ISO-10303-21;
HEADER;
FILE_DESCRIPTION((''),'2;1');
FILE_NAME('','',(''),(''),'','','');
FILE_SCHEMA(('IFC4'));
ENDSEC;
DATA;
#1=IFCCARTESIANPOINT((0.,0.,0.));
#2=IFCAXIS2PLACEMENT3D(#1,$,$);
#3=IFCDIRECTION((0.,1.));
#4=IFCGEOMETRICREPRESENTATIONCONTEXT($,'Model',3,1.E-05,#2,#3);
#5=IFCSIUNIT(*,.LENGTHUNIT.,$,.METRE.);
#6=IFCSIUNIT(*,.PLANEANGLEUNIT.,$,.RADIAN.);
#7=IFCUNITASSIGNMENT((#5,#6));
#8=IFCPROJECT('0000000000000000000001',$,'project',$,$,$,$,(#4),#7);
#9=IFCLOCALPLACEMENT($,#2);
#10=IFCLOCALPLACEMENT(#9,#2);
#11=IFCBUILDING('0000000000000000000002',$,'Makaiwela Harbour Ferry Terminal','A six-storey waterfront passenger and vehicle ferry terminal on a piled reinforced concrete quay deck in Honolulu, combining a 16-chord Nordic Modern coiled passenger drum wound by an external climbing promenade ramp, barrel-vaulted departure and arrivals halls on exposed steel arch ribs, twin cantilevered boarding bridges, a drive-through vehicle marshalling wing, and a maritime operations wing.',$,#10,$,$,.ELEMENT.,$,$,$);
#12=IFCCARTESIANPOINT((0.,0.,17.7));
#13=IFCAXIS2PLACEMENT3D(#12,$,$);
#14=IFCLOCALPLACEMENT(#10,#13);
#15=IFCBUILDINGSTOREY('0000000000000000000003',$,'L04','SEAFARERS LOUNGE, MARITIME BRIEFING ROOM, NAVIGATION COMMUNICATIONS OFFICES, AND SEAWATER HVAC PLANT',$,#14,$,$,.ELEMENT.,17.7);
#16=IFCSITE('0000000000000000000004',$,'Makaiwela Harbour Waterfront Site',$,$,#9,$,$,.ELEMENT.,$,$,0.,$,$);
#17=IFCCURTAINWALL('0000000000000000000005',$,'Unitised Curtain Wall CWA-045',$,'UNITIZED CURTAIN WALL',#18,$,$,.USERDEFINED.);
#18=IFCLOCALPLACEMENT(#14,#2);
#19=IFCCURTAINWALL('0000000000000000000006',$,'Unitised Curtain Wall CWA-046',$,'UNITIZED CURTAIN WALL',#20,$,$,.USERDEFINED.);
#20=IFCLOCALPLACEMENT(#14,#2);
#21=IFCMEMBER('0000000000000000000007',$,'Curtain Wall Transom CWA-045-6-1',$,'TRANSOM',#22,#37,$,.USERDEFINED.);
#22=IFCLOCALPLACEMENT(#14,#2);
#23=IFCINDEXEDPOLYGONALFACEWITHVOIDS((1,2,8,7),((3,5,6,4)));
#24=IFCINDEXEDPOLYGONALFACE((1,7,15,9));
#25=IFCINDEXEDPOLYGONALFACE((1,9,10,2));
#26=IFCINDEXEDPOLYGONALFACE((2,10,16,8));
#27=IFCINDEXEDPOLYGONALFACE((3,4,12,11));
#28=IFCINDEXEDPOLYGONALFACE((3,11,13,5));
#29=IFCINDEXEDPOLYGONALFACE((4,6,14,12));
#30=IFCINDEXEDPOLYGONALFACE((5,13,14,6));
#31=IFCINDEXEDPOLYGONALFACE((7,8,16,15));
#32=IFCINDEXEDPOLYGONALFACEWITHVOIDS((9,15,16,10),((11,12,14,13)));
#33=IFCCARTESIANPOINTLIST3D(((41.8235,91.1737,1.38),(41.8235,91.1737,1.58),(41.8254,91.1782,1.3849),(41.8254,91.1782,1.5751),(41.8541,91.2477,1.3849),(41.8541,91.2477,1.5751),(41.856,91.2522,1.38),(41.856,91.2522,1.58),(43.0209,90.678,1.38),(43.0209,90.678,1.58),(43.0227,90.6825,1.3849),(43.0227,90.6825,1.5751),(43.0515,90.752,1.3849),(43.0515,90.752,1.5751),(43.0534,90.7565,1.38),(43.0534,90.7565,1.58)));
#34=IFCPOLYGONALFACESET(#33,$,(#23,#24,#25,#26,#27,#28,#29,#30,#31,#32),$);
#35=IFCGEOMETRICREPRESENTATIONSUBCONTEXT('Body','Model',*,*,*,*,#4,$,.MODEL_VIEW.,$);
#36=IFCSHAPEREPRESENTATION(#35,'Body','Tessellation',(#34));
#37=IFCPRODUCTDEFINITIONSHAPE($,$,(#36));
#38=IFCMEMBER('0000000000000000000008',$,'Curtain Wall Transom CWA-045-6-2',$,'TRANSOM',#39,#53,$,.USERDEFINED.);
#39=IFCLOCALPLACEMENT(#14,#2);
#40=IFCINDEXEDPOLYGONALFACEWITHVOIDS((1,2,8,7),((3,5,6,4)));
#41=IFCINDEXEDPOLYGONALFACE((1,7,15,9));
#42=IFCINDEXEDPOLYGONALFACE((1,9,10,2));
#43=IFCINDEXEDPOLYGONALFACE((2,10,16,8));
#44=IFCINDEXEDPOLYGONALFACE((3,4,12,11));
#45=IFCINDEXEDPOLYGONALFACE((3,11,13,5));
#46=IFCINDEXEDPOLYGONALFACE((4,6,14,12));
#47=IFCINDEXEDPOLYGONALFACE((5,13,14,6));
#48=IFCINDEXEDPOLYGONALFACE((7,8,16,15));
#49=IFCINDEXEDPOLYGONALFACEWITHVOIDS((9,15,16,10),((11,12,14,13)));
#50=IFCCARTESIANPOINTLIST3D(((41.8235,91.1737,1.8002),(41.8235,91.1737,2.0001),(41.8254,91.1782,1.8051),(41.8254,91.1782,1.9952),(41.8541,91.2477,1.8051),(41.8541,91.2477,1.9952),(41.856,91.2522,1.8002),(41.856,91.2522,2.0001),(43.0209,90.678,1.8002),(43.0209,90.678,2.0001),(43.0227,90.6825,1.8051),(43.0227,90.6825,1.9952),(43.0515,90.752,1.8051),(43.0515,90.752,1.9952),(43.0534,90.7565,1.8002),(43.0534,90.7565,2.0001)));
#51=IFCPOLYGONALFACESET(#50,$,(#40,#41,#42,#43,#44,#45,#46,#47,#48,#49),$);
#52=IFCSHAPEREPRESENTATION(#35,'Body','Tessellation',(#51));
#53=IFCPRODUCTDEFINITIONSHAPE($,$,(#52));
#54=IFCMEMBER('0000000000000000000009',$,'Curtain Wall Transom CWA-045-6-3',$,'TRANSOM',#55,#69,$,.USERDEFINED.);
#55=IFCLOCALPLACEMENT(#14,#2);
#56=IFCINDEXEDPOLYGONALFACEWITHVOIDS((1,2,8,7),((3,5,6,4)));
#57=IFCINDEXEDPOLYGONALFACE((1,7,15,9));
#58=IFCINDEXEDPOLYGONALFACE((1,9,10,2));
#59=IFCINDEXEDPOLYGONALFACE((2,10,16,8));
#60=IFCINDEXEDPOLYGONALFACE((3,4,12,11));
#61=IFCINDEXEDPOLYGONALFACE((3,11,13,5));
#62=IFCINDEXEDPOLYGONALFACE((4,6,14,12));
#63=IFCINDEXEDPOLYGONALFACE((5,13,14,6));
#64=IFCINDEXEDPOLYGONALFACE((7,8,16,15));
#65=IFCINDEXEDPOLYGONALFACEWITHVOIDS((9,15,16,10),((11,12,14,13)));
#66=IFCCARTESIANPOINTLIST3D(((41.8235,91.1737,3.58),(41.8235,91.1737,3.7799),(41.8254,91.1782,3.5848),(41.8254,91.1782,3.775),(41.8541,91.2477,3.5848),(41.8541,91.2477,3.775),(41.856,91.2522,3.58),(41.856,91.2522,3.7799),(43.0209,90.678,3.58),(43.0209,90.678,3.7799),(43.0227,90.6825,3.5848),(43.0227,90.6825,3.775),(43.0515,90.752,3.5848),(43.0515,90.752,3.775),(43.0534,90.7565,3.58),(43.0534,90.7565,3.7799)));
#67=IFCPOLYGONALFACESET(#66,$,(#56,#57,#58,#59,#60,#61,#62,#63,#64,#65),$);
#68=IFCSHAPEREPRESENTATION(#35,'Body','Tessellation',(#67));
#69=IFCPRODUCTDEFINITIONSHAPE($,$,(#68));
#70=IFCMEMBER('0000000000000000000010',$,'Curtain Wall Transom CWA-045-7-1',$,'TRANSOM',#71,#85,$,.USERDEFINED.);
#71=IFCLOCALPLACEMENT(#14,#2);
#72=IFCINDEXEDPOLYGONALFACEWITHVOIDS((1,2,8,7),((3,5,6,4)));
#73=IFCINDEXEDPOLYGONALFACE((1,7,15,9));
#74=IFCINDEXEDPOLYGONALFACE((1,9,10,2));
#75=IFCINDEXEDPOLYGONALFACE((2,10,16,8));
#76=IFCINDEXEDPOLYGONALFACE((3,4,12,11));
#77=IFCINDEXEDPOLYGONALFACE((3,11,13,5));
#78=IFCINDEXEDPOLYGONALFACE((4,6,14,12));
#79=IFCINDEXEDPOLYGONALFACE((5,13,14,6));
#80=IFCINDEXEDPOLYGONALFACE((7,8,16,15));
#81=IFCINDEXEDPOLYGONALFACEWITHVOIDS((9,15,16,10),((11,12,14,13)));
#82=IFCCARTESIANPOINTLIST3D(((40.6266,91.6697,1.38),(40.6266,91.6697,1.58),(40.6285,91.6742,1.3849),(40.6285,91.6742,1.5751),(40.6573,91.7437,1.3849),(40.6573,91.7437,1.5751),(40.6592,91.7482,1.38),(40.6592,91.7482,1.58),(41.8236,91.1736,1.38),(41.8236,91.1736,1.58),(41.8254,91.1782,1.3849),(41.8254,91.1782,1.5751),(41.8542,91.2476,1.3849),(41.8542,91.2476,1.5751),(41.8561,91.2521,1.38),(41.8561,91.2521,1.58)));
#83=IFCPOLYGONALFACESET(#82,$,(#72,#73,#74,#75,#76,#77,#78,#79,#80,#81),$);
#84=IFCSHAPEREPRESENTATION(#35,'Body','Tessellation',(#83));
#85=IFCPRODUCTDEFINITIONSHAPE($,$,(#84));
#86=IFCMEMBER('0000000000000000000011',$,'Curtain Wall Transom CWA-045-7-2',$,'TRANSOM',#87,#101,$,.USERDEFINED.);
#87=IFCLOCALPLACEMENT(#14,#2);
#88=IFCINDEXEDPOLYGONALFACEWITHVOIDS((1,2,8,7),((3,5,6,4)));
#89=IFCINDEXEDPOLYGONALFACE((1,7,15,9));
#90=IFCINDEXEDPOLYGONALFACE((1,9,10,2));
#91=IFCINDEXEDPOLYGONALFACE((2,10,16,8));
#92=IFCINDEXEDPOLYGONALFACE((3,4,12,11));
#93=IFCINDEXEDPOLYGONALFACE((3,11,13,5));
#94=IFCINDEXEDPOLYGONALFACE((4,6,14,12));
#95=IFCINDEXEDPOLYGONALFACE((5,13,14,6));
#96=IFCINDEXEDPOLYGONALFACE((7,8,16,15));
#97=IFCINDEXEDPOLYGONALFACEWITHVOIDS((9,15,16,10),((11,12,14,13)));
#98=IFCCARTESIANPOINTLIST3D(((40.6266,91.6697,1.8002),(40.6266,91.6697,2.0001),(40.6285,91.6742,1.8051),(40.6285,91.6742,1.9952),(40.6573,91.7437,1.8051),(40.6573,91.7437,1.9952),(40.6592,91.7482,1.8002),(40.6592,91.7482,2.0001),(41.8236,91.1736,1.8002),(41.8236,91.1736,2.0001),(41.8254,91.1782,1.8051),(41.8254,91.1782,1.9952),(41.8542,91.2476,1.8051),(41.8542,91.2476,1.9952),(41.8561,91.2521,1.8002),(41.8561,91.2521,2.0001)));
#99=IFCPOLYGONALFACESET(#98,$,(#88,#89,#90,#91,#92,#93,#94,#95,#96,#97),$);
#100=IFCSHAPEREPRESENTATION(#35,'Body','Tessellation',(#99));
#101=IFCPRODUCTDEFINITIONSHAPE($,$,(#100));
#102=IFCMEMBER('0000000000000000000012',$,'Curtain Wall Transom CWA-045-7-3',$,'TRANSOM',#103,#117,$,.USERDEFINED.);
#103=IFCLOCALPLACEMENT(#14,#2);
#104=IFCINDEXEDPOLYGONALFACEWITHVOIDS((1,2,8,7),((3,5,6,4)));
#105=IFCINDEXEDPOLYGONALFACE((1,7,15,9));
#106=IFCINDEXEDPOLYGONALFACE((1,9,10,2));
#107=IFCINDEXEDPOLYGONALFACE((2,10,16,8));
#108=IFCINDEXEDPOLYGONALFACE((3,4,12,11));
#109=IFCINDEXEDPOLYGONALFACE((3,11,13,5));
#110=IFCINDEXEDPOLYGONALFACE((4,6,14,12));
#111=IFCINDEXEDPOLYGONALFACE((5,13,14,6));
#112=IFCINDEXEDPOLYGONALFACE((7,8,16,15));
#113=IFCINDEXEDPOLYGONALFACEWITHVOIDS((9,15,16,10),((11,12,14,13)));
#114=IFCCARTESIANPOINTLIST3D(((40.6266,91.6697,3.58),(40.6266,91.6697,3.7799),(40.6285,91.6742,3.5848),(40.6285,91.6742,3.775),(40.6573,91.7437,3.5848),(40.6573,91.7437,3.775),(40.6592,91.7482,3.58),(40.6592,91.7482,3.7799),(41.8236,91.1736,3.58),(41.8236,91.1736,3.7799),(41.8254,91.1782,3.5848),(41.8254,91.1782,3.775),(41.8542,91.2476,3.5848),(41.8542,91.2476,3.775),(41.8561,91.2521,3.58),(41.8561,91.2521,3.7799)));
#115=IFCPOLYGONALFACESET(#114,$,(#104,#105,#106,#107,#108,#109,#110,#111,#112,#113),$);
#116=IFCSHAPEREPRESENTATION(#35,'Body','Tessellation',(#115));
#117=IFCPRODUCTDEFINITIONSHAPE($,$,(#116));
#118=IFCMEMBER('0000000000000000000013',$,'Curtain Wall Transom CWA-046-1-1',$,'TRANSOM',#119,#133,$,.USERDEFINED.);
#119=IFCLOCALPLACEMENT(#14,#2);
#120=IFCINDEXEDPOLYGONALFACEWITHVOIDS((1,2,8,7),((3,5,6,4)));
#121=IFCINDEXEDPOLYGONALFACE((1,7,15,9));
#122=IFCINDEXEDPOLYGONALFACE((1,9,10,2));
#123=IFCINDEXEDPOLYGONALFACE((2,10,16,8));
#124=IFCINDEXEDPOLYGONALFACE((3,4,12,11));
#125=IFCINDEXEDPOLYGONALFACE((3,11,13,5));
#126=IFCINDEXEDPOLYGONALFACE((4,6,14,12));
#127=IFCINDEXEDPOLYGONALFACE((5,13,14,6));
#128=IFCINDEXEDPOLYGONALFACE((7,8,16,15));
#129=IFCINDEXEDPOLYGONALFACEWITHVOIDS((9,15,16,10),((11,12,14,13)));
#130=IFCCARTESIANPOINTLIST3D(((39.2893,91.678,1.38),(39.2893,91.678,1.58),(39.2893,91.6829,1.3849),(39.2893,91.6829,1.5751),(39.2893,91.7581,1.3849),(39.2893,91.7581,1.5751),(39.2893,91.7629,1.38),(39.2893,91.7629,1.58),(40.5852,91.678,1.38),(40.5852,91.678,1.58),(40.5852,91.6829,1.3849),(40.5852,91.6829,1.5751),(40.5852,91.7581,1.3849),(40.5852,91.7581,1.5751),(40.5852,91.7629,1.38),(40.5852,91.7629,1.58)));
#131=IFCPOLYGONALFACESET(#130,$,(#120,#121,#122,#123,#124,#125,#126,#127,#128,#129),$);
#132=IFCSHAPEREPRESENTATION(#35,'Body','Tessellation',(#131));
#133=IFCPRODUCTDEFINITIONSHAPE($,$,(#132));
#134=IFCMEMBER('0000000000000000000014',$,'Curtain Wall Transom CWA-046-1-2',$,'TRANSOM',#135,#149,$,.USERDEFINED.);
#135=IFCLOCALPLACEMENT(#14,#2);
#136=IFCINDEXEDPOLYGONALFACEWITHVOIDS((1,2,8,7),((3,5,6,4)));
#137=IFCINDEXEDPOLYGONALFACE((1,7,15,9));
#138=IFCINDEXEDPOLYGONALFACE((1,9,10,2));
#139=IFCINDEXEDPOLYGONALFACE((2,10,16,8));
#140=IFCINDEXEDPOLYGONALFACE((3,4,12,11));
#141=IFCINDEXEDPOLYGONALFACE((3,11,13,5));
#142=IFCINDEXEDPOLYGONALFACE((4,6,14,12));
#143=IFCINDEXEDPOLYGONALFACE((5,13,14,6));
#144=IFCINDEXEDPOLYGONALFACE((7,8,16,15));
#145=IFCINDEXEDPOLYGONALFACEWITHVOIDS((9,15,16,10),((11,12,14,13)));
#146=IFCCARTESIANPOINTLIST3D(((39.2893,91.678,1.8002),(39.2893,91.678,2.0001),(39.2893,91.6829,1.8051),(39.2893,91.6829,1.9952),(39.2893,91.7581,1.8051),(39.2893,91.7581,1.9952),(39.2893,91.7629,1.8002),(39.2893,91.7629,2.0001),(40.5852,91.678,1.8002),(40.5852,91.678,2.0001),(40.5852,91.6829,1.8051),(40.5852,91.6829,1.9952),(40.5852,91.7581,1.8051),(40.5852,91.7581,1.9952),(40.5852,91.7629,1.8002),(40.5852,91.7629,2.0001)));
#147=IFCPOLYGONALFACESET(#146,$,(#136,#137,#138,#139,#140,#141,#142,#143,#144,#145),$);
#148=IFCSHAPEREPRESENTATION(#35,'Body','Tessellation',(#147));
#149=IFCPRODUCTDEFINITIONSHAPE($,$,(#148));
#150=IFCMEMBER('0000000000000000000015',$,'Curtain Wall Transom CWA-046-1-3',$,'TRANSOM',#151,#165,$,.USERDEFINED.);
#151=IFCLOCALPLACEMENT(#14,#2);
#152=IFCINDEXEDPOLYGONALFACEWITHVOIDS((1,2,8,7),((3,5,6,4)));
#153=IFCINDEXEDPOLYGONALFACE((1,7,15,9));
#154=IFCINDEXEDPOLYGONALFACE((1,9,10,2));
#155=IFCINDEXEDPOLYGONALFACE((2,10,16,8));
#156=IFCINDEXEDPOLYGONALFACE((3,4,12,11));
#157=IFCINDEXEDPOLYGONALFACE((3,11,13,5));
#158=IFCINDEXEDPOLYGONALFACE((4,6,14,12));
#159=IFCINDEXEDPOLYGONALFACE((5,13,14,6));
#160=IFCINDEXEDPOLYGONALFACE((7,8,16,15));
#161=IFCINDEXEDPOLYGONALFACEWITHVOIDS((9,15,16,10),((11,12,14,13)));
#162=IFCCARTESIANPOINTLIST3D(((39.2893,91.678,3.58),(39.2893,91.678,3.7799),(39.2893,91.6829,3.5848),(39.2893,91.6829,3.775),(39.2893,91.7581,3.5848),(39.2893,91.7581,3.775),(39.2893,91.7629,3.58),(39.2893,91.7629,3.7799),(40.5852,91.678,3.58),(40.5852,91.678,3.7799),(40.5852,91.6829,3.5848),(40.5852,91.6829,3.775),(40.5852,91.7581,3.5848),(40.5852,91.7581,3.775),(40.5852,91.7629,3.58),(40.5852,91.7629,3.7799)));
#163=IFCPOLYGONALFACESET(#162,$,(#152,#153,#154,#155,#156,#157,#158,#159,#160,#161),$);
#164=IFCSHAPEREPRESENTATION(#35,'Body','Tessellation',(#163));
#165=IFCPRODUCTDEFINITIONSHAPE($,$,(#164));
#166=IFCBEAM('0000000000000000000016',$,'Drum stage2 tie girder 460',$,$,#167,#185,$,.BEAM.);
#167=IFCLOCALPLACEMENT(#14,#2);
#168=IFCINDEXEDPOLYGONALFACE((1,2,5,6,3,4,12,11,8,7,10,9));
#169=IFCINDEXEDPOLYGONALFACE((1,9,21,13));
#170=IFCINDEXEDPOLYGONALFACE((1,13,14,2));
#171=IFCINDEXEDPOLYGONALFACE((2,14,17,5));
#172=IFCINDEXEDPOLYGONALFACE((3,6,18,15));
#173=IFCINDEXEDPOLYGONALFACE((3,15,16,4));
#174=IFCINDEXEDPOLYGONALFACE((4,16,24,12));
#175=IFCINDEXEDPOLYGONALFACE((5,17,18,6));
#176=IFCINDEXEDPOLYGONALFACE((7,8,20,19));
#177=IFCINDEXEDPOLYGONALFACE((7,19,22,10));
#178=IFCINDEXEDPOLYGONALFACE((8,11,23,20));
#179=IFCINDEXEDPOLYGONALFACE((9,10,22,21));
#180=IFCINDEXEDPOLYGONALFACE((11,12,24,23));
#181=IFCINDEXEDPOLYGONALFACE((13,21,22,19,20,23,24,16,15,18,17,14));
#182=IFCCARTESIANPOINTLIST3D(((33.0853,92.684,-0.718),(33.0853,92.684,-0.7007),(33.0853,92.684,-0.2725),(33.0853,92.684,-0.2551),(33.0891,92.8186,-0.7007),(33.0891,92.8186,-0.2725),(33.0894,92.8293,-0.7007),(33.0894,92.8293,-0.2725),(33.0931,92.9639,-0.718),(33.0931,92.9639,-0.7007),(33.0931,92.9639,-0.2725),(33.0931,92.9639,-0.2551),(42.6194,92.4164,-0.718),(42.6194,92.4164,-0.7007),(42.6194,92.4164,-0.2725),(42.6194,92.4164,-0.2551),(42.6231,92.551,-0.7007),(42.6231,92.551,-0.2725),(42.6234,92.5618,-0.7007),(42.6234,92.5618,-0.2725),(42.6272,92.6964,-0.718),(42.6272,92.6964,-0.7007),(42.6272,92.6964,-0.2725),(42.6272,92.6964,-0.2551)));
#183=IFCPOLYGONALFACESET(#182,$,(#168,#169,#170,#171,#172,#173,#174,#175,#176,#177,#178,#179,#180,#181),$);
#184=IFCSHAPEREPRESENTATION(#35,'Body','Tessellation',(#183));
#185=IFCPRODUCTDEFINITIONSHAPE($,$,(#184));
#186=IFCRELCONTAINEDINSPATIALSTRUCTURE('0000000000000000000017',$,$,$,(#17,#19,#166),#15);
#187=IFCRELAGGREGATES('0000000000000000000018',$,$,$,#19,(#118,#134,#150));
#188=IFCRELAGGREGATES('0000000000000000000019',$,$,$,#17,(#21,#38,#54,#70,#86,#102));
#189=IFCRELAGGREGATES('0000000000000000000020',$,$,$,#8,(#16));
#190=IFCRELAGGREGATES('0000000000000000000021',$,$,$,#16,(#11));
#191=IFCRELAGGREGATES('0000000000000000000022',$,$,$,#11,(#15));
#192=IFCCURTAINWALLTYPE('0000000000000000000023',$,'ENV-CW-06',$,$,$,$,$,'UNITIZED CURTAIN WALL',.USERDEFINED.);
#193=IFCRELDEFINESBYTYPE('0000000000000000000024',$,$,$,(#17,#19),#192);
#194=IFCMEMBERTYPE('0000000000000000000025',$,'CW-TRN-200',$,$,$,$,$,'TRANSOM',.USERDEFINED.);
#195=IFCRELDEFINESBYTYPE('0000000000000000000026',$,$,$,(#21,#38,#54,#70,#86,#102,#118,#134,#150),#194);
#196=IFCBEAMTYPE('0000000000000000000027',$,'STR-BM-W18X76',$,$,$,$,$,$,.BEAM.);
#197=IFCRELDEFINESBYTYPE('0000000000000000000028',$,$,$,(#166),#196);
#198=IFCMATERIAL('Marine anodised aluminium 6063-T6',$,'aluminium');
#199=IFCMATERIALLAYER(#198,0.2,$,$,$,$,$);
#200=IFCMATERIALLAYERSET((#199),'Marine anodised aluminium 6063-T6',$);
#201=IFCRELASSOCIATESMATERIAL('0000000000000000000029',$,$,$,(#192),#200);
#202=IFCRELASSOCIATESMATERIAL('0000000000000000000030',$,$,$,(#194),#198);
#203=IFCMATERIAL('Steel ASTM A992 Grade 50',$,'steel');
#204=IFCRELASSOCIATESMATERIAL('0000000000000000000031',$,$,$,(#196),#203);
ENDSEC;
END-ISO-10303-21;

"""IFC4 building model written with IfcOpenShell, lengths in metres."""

from ifc_helpers import new_model, si_unit, direction, frame, origin, origin_2d, place, context, subcontext, project, spatial, hollow_rectangle, i_section, extrude, material, layer, layer_set, material_profile, profile_set, type_object, element, aggregate, save


model = new_model("IFC4")

# Units and contexts
model_context = context("Model", 3, precision=1e-05, world=origin(), true_north=direction((0.0, 1.0)))
body_context = subcontext(model_context, "Body", "Model", "MODEL_VIEW")
ifc_project = project(units=[si_unit("LENGTHUNIT", "METRE"), si_unit("PLANEANGLEUNIT", "RADIAN")], contexts=[model_context])

# Site, building, storey
site_placement = place(None, origin())
site = spatial("IfcSite", under=ifc_project, at=site_placement, Name="Makaiwela Harbour Waterfront Site", CompositionType="ELEMENT", RefElevation=0.0)
building_placement = place(site_placement, origin())
building = spatial("IfcBuilding", under=site, at=building_placement, Name="Makaiwela Harbour Ferry Terminal", Description="A six-storey waterfront passenger and vehicle ferry terminal on a piled reinforced concrete quay deck in Honolulu, combining a 16-chord Nordic Modern coiled passenger drum wound by an external climbing promenade ramp, barrel-vaulted departure and arrivals halls on exposed steel arch ribs, twin cantilevered boarding bridges, a drive-through vehicle marshalling wing, and a maritime operations wing.", CompositionType="ELEMENT")
storey_placement = place(building_placement, frame((0.0, 0.0, 17.7)))
storey = spatial("IfcBuildingStorey", under=building, at=storey_placement, Name="L04", Description="SEAFARERS LOUNGE, MARITIME BRIEFING ROOM, NAVIGATION COMMUNICATIONS OFFICES, AND SEAWATER HVAC PLANT", CompositionType="ELEMENT", Elevation=17.7)

# Shared definitions
ifc_material_1 = material(Name="Steel ASTM A992 Grade 50", Category="steel")

# Curtain wall
ifc_material_2 = material(Name="Marine anodised aluminium 6063-T6", Category="aluminium")
ifc_layer_1 = layer(ifc_material_2, 0.2)
ifc_layer_set_1 = layer_set([ifc_layer_1], Name="Marine anodised aluminium 6063-T6")
curtain_wall_type = type_object("IfcCurtainWallType", Name="ENV-CW-06", ElementType="UNITIZED CURTAIN WALL", PredefinedType="USERDEFINED", material=ifc_layer_set_1)
curtain_wall_1_placement = place(storey_placement, origin())
curtain_wall_1 = element("IfcCurtainWall", 1, at=curtain_wall_1_placement, inside=storey, type_object=curtain_wall_type, Name="Unitised Curtain Wall CWA-045", ObjectType="UNITIZED CURTAIN WALL", PredefinedType="USERDEFINED")

# Curtain wall
curtain_wall_2_placement = place(storey_placement, origin())
curtain_wall_2 = element("IfcCurtainWall", 2, at=curtain_wall_2_placement, inside=storey, type_object=curtain_wall_type, Name="Unitised Curtain Wall CWA-046", ObjectType="UNITIZED CURTAIN WALL", PredefinedType="USERDEFINED")

# Members
ifc_material_profile_1 = material_profile(ifc_material_2, hollow_rectangle(XDim=0.085, YDim=0.2, WallThickness=0.0049, at=origin_2d()), Name="CWT-200X85")
ifc_profile_set_1 = profile_set([ifc_material_profile_1], Name="Marine anodised aluminium 6063-T6")
member_type_1 = type_object("IfcMemberType", Name="CW-TRN-200", ElementType="TRANSOM", PredefinedType="USERDEFINED", material=ifc_profile_set_1)
member_1_placement = place(storey_placement, frame((43.0371, 90.7173, 1.48), z_axis=(-0.923966, 0.382474, 0.0), x_axis=(-0.382474, -0.923966, 0.0)))
member_1 = element("IfcMember", 3, at=member_1_placement, type_object=member_type_1, Name="Curtain Wall Transom CWA-045-6-1", ObjectType="TRANSOM", PredefinedType="USERDEFINED", context=body_context, shape_type="SweptSolid", body=[
    extrude(hollow_rectangle(XDim=0.085, YDim=0.2, WallThickness=0.0049, at=origin_2d()), origin(), (0.0, 0.0, 1.0), 1.2959),
])
member_2_placement = place(storey_placement, frame((43.0371, 90.7173, 1.9001), z_axis=(-0.923966, 0.382474, 0.0), x_axis=(-0.382474, -0.923966, 0.0)))
member_2 = element("IfcMember", 4, at=member_2_placement, type_object=member_type_1, Name="Curtain Wall Transom CWA-045-6-2", ObjectType="TRANSOM", PredefinedType="USERDEFINED", context=body_context, shape_type="SweptSolid", body=[
    extrude(hollow_rectangle(XDim=0.085, YDim=0.2, WallThickness=0.0049, at=origin_2d()), origin(), (0.0, 0.0, 1.0), 1.2959),
])
member_3_placement = place(storey_placement, frame((43.0371, 90.7173, 3.6799), z_axis=(-0.923966, 0.382474, 0.0), x_axis=(-0.382474, -0.923966, 0.0)))
member_3 = element("IfcMember", 5, at=member_3_placement, type_object=member_type_1, Name="Curtain Wall Transom CWA-045-6-3", ObjectType="TRANSOM", PredefinedType="USERDEFINED", context=body_context, shape_type="SweptSolid", body=[
    extrude(hollow_rectangle(XDim=0.085, YDim=0.2, WallThickness=0.0049, at=origin_2d()), origin(), (0.0, 0.0, 1.0), 1.2959),
])
member_4_placement = place(storey_placement, frame((41.8398, 91.2129, 1.48), z_axis=(-0.923806, 0.382862, 0.0), x_axis=(-0.382862, -0.923806, 0.0)))
member_4 = element("IfcMember", 6, at=member_4_placement, type_object=member_type_1, Name="Curtain Wall Transom CWA-045-7-1", ObjectType="TRANSOM", PredefinedType="USERDEFINED", context=body_context, shape_type="SweptSolid", body=[
    extrude(hollow_rectangle(XDim=0.085, YDim=0.2, WallThickness=0.0049, at=origin_2d()), origin(), (0.0, 0.0, 1.0), 1.2957),
])
member_5_placement = place(storey_placement, frame((41.8398, 91.2129, 1.9001), z_axis=(-0.923806, 0.382862, 0.0), x_axis=(-0.382862, -0.923806, 0.0)))
member_5 = element("IfcMember", 7, at=member_5_placement, type_object=member_type_1, Name="Curtain Wall Transom CWA-045-7-2", ObjectType="TRANSOM", PredefinedType="USERDEFINED", context=body_context, shape_type="SweptSolid", body=[
    extrude(hollow_rectangle(XDim=0.085, YDim=0.2, WallThickness=0.0049, at=origin_2d()), origin(), (0.0, 0.0, 1.0), 1.2957),
])
member_6_placement = place(storey_placement, frame((41.8398, 91.2129, 3.6799), z_axis=(-0.923806, 0.382862, 0.0), x_axis=(-0.382862, -0.923806, 0.0)))
member_6 = element("IfcMember", 8, at=member_6_placement, type_object=member_type_1, Name="Curtain Wall Transom CWA-045-7-3", ObjectType="TRANSOM", PredefinedType="USERDEFINED", context=body_context, shape_type="SweptSolid", body=[
    extrude(hollow_rectangle(XDim=0.085, YDim=0.2, WallThickness=0.0049, at=origin_2d()), origin(), (0.0, 0.0, 1.0), 1.2957),
])
member_7_placement = place(storey_placement, frame((40.5852, 91.7205, 1.48), z_axis=(-1.0, 0.0, 0.0), x_axis=(0.0, -1.0, 0.0)))
member_7 = element("IfcMember", 9, at=member_7_placement, type_object=member_type_1, Name="Curtain Wall Transom CWA-046-1-1", ObjectType="TRANSOM", PredefinedType="USERDEFINED", context=body_context, shape_type="SweptSolid", body=[
    extrude(hollow_rectangle(XDim=0.085, YDim=0.2, WallThickness=0.0049, at=origin_2d()), origin(), (0.0, 0.0, 1.0), 1.2959),
])
member_8_placement = place(storey_placement, frame((40.5852, 91.7205, 1.9001), z_axis=(-1.0, 0.0, 0.0), x_axis=(0.0, -1.0, 0.0)))
member_8 = element("IfcMember", 10, at=member_8_placement, type_object=member_type_1, Name="Curtain Wall Transom CWA-046-1-2", ObjectType="TRANSOM", PredefinedType="USERDEFINED", context=body_context, shape_type="SweptSolid", body=[
    extrude(hollow_rectangle(XDim=0.085, YDim=0.2, WallThickness=0.0049, at=origin_2d()), origin(), (0.0, 0.0, 1.0), 1.2959),
])
member_9_placement = place(storey_placement, frame((40.5852, 91.7205, 3.6799), z_axis=(-1.0, 0.0, 0.0), x_axis=(0.0, -1.0, 0.0)))
member_9 = element("IfcMember", 11, at=member_9_placement, type_object=member_type_1, Name="Curtain Wall Transom CWA-046-1-3", ObjectType="TRANSOM", PredefinedType="USERDEFINED", context=body_context, shape_type="SweptSolid", body=[
    extrude(hollow_rectangle(XDim=0.085, YDim=0.2, WallThickness=0.0049, at=origin_2d()), origin(), (0.0, 0.0, 1.0), 1.2959),
])
aggregate(curtain_wall_2, [member_7, member_8, member_9])

# Beam
ifc_material_profile_2 = material_profile(ifc_material_1, i_section(OverallWidth=0.28, OverallDepth=0.4629, WebThickness=0.0107, FlangeThickness=0.0173, at=origin_2d()), Name="W18X76")
ifc_profile_set_2 = profile_set([ifc_material_profile_2], Name="Steel ASTM A992 Grade 50")
beam_type_1 = type_object("IfcBeamType", Name="STR-BM-W18X76", PredefinedType="BEAM", material=ifc_profile_set_2)
beam_1_placement = place(storey_placement, frame((42.6233, 92.5564, -0.4866), z_axis=(-0.999606, 0.028054, 0.0), x_axis=(-0.028054, -0.999606, 0.0)))
element("IfcBeam", 12, at=beam_1_placement, inside=storey, type_object=beam_type_1, Name="Drum stage2 tie girder 460", PredefinedType="BEAM", context=body_context, shape_type="SweptSolid", body=[
    extrude(i_section(OverallWidth=0.28, OverallDepth=0.4629, WebThickness=0.0107, FlangeThickness=0.0173, at=origin_2d()), origin(), (0.0, 0.0, 1.0), 9.5378),
])

aggregate(curtain_wall_1, [member_1, member_2, member_3, member_4, member_5, member_6])

save(model, "model.ifc")
